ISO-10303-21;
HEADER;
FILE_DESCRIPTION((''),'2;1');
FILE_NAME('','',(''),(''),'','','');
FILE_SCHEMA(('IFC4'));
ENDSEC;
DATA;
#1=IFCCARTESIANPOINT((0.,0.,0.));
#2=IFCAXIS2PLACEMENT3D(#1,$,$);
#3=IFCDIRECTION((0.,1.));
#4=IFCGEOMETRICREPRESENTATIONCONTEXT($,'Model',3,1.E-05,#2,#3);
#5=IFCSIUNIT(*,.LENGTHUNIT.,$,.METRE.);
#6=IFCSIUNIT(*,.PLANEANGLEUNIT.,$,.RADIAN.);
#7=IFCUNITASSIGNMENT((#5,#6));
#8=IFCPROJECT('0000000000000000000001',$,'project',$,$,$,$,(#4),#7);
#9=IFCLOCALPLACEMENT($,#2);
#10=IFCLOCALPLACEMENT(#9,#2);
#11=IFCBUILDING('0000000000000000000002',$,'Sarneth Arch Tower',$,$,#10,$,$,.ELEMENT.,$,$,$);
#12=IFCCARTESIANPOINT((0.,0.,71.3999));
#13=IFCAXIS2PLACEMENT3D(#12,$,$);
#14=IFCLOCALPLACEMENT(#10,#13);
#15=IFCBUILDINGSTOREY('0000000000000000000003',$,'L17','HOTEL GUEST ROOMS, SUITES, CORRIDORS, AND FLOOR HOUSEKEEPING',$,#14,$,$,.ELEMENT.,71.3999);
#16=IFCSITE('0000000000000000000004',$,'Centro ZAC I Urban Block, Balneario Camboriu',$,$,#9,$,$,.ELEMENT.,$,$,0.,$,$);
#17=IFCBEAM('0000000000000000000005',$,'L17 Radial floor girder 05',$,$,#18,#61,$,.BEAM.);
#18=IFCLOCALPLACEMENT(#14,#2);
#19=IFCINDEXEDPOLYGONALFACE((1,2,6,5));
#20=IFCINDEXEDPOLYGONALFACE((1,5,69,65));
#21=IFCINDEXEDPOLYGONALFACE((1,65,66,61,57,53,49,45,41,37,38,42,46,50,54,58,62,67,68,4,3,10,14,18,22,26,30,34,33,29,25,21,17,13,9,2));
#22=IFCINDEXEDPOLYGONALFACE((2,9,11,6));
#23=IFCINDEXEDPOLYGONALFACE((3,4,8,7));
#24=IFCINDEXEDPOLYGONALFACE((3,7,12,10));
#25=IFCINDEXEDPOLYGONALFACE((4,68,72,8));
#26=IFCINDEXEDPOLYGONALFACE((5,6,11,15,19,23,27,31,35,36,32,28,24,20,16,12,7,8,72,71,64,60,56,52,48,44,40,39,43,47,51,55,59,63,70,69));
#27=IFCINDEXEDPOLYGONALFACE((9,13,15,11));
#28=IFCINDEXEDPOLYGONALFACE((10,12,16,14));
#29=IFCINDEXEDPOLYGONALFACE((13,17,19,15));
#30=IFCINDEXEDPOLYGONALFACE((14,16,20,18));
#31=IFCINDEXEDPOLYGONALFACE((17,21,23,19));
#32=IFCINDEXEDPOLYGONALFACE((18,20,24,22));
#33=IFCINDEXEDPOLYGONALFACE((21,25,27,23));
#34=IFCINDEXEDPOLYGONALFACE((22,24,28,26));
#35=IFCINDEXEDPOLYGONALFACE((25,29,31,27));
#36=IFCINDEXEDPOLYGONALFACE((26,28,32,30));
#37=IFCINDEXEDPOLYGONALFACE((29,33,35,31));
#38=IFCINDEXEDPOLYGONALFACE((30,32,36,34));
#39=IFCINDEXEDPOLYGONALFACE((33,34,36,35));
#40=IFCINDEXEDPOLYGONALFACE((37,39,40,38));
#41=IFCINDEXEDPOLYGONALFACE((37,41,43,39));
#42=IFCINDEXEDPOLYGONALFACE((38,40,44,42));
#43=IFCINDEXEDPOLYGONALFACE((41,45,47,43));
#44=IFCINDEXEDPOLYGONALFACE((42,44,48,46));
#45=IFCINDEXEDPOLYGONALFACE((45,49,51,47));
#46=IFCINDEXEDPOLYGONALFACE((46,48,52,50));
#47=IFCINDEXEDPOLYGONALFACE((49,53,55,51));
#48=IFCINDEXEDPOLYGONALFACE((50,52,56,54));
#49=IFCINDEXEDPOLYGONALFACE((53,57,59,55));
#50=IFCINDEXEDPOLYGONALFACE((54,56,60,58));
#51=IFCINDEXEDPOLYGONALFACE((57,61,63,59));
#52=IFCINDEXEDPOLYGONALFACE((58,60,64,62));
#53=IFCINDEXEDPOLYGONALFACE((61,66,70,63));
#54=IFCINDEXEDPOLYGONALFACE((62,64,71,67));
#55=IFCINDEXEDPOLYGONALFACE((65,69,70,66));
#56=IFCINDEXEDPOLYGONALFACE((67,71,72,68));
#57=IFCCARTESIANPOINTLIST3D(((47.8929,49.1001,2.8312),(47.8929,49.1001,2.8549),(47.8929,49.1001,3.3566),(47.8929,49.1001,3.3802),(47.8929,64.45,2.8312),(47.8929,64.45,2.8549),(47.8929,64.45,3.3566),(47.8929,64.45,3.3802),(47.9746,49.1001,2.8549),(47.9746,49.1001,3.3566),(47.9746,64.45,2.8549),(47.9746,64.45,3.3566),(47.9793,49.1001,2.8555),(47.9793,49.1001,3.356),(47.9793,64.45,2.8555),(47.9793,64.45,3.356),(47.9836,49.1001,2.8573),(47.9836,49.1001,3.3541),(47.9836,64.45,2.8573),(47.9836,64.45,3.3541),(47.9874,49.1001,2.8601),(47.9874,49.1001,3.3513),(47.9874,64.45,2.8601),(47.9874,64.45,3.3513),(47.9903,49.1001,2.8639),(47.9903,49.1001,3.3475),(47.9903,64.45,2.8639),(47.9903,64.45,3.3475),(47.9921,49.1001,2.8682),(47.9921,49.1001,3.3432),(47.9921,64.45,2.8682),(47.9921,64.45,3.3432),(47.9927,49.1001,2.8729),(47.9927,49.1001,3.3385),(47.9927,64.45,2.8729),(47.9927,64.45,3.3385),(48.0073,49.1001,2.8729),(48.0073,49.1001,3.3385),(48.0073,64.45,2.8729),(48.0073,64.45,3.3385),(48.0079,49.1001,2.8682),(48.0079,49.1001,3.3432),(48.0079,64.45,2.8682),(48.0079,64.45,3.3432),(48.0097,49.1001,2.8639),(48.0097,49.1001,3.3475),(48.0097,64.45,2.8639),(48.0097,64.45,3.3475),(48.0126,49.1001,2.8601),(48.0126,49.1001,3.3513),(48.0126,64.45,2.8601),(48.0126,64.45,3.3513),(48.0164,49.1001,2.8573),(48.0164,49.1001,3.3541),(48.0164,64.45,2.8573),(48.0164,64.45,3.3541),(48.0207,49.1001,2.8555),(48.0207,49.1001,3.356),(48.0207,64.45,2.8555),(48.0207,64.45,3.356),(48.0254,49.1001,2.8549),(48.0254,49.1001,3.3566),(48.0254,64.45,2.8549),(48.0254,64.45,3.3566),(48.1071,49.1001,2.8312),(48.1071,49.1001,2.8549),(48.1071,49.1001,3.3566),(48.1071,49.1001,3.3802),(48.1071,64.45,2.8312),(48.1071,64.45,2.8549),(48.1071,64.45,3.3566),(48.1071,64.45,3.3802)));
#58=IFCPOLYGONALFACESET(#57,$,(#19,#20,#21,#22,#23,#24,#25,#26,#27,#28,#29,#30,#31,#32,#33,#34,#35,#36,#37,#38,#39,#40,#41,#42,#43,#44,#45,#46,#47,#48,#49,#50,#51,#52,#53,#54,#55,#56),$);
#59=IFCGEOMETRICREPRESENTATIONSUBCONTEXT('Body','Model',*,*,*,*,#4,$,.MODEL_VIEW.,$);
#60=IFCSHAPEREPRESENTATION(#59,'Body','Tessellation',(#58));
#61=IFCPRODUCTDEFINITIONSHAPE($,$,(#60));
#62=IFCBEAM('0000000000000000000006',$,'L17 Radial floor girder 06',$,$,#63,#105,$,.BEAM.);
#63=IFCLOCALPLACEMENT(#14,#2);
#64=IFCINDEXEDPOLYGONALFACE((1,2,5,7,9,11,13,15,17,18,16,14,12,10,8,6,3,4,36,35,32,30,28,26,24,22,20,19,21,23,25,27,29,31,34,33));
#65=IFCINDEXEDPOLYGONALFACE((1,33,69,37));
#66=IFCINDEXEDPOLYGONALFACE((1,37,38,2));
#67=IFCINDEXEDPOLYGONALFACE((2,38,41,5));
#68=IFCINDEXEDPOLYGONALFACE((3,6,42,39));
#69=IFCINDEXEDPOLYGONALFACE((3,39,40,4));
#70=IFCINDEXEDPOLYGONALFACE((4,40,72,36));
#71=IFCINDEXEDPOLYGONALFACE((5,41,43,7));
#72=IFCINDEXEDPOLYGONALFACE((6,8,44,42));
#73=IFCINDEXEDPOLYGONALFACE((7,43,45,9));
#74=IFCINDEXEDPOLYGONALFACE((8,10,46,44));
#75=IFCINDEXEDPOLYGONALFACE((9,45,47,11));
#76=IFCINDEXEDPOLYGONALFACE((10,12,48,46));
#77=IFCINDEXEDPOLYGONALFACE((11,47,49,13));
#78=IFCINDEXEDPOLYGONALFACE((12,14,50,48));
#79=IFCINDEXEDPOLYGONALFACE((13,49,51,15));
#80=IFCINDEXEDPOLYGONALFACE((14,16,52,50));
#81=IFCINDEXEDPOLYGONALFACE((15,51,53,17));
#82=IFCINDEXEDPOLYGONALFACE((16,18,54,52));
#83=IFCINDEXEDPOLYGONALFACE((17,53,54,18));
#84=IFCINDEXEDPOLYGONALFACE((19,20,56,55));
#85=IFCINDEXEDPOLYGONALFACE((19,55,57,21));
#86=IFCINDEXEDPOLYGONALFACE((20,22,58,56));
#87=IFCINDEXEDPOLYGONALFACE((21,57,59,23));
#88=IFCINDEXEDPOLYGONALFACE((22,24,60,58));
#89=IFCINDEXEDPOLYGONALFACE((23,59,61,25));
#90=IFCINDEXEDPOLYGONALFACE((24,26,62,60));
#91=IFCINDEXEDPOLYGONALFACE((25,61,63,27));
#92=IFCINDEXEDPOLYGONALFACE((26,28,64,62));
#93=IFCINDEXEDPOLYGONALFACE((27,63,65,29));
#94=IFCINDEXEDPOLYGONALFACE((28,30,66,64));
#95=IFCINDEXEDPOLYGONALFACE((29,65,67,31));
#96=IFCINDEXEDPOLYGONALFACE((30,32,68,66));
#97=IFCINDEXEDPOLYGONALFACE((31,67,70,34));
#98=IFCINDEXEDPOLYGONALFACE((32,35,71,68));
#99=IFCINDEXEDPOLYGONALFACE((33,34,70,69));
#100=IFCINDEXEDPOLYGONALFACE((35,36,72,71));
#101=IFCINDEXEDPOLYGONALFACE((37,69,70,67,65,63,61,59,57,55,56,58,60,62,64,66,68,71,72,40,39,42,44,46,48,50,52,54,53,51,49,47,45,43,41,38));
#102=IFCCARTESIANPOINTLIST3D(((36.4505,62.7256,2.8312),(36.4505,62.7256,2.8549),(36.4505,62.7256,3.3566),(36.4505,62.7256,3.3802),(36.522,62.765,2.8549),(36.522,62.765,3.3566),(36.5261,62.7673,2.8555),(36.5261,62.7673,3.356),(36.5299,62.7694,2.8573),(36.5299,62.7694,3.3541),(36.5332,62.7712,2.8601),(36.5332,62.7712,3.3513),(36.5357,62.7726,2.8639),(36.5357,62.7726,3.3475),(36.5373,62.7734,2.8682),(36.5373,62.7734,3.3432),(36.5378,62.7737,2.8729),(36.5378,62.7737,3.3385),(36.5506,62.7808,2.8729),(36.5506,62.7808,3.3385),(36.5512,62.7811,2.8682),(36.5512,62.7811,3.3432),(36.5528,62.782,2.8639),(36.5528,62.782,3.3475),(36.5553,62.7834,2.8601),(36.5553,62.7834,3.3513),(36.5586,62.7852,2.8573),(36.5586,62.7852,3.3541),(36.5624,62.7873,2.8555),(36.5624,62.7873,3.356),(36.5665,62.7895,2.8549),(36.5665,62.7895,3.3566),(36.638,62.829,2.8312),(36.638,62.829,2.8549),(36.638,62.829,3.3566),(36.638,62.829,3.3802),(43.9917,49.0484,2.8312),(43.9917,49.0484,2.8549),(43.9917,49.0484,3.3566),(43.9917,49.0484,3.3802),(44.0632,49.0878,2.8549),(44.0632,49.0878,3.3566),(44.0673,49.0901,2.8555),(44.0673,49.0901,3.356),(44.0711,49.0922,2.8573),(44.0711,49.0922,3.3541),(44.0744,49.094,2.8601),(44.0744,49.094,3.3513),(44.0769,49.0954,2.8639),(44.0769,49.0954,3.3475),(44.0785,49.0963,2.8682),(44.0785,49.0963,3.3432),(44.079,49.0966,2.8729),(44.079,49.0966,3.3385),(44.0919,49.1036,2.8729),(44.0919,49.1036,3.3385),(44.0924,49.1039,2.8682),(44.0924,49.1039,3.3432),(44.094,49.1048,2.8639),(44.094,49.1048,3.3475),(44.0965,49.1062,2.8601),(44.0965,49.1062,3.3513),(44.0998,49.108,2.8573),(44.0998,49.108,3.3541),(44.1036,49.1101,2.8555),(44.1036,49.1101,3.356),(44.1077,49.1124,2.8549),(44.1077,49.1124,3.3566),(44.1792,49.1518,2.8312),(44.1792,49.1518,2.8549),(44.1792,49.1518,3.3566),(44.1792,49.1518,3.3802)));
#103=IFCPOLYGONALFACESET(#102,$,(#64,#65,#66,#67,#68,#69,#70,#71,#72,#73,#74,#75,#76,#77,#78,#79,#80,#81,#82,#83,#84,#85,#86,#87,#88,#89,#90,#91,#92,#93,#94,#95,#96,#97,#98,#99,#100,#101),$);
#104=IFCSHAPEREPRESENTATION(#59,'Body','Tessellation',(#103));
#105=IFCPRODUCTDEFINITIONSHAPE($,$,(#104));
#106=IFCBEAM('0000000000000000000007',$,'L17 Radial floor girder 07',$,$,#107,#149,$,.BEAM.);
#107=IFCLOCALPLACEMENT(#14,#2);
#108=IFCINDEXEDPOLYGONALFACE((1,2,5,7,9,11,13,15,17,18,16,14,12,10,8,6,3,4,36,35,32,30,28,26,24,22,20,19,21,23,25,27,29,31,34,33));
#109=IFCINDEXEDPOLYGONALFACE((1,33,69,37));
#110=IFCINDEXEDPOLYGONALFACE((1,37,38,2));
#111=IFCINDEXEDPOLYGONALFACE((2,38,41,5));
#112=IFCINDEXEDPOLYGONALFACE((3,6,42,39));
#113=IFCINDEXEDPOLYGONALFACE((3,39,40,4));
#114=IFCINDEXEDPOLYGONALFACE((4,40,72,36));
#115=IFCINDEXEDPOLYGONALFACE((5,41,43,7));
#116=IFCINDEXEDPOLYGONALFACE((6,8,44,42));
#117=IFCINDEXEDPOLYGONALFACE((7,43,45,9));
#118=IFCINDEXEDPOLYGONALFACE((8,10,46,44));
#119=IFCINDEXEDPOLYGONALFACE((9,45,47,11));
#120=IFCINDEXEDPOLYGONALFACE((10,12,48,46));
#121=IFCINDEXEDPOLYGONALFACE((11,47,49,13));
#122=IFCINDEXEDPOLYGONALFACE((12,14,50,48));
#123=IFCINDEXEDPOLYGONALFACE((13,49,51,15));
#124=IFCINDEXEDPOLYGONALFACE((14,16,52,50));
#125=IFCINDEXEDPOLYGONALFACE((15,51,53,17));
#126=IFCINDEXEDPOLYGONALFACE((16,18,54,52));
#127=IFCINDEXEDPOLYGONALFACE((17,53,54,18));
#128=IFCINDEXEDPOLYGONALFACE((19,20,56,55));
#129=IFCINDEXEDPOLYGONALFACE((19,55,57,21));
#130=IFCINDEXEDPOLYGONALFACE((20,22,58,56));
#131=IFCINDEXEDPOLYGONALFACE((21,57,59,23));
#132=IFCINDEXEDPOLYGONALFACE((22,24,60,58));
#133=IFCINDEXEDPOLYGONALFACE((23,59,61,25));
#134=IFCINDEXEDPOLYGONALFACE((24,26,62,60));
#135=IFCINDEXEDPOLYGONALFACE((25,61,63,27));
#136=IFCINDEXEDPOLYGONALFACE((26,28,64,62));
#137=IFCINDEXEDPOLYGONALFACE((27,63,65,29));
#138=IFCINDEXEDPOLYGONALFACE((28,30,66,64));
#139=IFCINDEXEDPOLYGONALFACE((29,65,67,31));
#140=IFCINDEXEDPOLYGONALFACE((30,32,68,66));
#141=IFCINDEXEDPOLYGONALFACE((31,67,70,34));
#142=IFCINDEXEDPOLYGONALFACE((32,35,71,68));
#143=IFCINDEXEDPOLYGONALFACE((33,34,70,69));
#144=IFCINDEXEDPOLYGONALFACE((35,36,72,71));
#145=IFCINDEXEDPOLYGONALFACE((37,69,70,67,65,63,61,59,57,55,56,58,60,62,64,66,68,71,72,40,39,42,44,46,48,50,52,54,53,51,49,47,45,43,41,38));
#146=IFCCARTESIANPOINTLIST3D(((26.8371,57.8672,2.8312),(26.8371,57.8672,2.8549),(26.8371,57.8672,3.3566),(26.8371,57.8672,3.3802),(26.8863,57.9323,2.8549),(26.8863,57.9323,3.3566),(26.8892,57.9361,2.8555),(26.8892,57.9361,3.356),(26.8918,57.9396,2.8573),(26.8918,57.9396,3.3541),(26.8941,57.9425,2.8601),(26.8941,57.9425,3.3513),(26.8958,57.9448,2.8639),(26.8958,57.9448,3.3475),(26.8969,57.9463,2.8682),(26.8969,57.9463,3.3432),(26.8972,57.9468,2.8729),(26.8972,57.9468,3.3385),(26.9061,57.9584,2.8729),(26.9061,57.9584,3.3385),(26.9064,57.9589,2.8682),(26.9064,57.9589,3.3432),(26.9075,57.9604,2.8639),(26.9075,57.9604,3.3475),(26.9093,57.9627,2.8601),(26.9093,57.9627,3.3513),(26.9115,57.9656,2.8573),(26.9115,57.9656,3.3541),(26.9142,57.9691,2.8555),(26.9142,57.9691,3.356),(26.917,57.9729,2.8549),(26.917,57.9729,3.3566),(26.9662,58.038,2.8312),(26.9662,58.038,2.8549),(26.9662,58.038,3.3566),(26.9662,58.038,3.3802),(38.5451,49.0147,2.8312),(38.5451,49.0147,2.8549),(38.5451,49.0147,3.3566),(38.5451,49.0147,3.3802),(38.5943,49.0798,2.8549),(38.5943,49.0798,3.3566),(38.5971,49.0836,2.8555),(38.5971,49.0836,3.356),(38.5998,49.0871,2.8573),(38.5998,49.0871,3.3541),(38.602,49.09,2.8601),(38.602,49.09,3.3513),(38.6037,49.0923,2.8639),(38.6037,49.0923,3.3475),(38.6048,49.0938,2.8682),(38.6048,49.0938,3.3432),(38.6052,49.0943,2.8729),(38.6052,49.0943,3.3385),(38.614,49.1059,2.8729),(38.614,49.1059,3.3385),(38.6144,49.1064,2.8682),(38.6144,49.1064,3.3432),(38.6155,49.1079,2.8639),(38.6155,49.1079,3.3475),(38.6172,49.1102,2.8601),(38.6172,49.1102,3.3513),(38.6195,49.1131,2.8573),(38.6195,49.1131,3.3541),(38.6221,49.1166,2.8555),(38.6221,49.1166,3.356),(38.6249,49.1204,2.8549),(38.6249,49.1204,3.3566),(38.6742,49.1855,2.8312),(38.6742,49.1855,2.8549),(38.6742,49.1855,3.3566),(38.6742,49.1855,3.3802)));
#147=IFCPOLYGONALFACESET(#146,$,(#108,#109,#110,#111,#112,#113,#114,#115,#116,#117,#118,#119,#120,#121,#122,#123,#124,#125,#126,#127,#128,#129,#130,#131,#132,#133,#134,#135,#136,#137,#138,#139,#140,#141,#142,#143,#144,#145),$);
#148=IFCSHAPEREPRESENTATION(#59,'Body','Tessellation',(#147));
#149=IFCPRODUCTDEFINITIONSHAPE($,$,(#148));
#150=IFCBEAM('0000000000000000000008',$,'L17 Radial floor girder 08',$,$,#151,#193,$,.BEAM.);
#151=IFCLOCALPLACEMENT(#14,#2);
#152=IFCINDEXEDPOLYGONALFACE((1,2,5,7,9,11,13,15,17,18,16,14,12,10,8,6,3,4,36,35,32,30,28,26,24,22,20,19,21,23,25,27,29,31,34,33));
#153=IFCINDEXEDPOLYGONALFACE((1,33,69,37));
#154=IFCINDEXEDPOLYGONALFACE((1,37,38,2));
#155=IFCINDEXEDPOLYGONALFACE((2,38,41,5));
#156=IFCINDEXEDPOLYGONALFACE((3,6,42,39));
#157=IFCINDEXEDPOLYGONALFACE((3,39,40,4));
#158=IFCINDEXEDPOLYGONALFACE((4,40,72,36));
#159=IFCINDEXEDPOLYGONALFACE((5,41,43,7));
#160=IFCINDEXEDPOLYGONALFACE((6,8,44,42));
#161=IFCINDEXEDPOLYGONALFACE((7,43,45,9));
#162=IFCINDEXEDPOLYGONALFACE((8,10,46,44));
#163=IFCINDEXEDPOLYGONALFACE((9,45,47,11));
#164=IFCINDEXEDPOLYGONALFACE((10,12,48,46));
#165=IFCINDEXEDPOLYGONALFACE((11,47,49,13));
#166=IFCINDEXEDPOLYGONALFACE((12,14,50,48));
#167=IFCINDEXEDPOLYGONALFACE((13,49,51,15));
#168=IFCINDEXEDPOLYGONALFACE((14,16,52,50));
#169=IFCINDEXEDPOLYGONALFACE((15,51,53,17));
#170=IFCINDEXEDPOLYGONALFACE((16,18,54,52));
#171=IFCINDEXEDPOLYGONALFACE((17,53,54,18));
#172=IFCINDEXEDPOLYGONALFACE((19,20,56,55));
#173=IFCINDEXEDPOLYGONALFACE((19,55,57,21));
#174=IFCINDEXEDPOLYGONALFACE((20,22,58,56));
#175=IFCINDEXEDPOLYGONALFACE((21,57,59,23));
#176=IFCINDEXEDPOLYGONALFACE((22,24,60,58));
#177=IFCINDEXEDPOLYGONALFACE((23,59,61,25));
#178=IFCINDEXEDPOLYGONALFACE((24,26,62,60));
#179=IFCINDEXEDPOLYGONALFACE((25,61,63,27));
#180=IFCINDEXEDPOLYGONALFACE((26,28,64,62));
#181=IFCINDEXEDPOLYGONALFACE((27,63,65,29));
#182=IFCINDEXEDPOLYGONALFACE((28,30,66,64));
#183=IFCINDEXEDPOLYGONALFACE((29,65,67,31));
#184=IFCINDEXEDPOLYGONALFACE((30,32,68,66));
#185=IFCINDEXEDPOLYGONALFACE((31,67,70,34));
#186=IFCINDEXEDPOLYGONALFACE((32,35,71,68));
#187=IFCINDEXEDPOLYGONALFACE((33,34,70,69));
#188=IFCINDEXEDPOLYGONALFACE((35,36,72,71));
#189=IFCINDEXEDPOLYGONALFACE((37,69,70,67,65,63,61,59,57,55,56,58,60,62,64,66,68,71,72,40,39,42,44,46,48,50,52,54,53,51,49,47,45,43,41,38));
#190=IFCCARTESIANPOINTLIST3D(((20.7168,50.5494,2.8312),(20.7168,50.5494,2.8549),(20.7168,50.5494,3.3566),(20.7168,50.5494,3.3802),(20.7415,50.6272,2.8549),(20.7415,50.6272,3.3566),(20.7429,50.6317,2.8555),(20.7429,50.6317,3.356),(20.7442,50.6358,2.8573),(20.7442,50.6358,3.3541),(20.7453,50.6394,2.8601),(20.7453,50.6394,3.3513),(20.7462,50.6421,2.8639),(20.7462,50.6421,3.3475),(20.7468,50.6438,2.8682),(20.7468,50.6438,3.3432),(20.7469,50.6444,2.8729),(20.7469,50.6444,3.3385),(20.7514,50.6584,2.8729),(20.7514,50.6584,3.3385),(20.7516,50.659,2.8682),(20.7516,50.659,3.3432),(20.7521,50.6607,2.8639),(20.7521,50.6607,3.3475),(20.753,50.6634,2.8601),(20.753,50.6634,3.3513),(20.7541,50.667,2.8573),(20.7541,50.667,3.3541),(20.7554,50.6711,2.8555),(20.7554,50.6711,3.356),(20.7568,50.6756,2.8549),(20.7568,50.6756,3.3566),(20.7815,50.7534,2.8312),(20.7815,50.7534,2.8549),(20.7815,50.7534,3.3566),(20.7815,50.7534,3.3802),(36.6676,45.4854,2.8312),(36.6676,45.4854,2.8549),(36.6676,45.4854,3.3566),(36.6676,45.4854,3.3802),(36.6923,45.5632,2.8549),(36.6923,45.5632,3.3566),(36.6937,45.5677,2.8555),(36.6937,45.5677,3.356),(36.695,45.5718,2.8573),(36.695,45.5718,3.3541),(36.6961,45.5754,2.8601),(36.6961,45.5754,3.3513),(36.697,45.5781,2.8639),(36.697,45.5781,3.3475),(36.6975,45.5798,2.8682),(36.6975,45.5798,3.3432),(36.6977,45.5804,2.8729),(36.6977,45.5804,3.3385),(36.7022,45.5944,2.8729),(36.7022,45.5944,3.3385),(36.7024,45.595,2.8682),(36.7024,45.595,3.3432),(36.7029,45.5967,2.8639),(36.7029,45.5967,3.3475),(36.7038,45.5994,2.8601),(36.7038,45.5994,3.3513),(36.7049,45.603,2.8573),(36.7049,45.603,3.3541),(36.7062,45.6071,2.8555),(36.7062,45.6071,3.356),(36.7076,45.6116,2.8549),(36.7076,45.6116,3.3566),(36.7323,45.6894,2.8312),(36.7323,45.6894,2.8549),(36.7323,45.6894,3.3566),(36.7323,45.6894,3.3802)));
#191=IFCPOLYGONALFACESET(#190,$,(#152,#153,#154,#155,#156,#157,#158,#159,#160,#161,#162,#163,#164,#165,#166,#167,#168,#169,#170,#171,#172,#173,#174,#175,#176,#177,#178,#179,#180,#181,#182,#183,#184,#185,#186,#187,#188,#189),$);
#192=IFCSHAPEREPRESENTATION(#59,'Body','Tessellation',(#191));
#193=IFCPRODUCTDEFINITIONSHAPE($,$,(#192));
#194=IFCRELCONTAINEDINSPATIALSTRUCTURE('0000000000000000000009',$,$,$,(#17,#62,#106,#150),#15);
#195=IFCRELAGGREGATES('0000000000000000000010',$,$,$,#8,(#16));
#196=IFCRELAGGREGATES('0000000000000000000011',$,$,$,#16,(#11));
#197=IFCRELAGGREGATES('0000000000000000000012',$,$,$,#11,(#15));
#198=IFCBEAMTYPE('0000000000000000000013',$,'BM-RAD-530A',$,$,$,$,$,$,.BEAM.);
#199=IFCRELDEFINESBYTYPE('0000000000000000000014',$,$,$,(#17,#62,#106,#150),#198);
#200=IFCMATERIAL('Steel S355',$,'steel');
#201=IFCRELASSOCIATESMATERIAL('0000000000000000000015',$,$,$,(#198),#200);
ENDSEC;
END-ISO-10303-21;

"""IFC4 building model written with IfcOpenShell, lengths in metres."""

from ifc_helpers import new_model, si_unit, direction, frame, origin, origin_2d, place, context, subcontext, project, spatial, i_section, extrude, material, material_profile, profile_set, type_object, element, save


model = new_model("IFC4")

# Units and contexts
model_context = context("Model", 3, precision=1e-05, world=origin(), true_north=direction((0.0, 1.0)))
body_context = subcontext(model_context, "Body", "Model", "MODEL_VIEW")
ifc_project = project(units=[si_unit("LENGTHUNIT", "METRE"), si_unit("PLANEANGLEUNIT", "RADIAN")], contexts=[model_context])

# Site, building, storey
site_placement = place(None, origin())
site = spatial("IfcSite", under=ifc_project, at=site_placement, Name="Centro ZAC I Urban Block, Balneario Camboriu", CompositionType="ELEMENT", RefElevation=0.0)
building_placement = place(site_placement, origin())
building = spatial("IfcBuilding", under=site, at=building_placement, Name="Sarneth Arch Tower", CompositionType="ELEMENT")
storey_placement = place(building_placement, frame((0.0, 0.0, 71.3999)))
storey = spatial("IfcBuildingStorey", under=building, at=storey_placement, Name="L17", Description="HOTEL GUEST ROOMS, SUITES, CORRIDORS, AND FLOOR HOUSEKEEPING", CompositionType="ELEMENT", Elevation=71.3999)

# Beams
ifc_material_1 = material(Name="Steel S355", Category="steel")
ifc_material_profile = material_profile(ifc_material_1, i_section(OverallWidth=0.2141, OverallDepth=0.5491, WebThickness=0.0146, FlangeThickness=0.0237, FilletRadius=0.0181, at=origin_2d()), Name="W530x138")
ifc_profile_set = profile_set([ifc_material_profile], Name="Steel S355")
beam_type = type_object("IfcBeamType", Name="BM-RAD-530A", PredefinedType="BEAM", material=ifc_profile_set)
beam_1_placement = place(storey_placement, frame((48.0, 49.1001, 3.1057), z_axis=(0.0, 1.0, 0.0), x_axis=(-1.0, 0.0, 0.0)))
element("IfcBeam", 1, at=beam_1_placement, inside=storey, type_object=beam_type, Name="L17 Radial floor girder 05", PredefinedType="BEAM", context=body_context, shape_type="SweptSolid", body=[
    extrude(i_section(OverallWidth=0.2141, OverallDepth=0.5491, WebThickness=0.0146, FlangeThickness=0.0237, FilletRadius=0.0181, at=origin_2d()), origin(), (0.0, 0.0, 1.0), 15.3499),
])
beam_2_placement = place(storey_placement, frame((44.0854, 49.1001, 3.1057), z_axis=(-0.482841, 0.875708, 0.0), x_axis=(-0.875708, -0.482841, 0.0)))
element("IfcBeam", 2, at=beam_2_placement, inside=storey, type_object=beam_type, Name="L17 Radial floor girder 06", PredefinedType="BEAM", context=body_context, shape_type="SweptSolid", body=[
    extrude(i_section(OverallWidth=0.2141, OverallDepth=0.5491, WebThickness=0.0146, FlangeThickness=0.0237, FilletRadius=0.0181, at=origin_2d()), origin(), (0.0, 0.0, 1.0), 15.6184),
])
beam_3_placement = place(storey_placement, frame((38.6096, 49.1001, 3.1057), z_axis=(-0.797655, 0.603114, 0.0), x_axis=(-0.603114, -0.797655, 0.0)))
element("IfcBeam", 3, at=beam_3_placement, inside=storey, type_object=beam_type, Name="L17 Radial floor girder 07", PredefinedType="BEAM", context=body_context, shape_type="SweptSolid", body=[
    extrude(i_section(OverallWidth=0.2141, OverallDepth=0.5491, WebThickness=0.0146, FlangeThickness=0.0237, FilletRadius=0.0181, at=origin_2d()), origin(), (0.0, 0.0, 1.0), 14.678),
])
beam_4_placement = place(storey_placement, frame((36.7, 45.5874, 3.1057), z_axis=(-0.95312, 0.302593, 0.0), x_axis=(-0.302593, -0.95312, 0.0)))
element("IfcBeam", 4, at=beam_4_placement, inside=storey, type_object=beam_type, Name="L17 Radial floor girder 08", PredefinedType="BEAM", context=body_context, shape_type="SweptSolid", body=[
    extrude(i_section(OverallWidth=0.2141, OverallDepth=0.5491, WebThickness=0.0146, FlangeThickness=0.0237, FilletRadius=0.0181, at=origin_2d()), origin(), (0.0, 0.0, 1.0), 16.7354),
])

save(model, "model.ifc")
